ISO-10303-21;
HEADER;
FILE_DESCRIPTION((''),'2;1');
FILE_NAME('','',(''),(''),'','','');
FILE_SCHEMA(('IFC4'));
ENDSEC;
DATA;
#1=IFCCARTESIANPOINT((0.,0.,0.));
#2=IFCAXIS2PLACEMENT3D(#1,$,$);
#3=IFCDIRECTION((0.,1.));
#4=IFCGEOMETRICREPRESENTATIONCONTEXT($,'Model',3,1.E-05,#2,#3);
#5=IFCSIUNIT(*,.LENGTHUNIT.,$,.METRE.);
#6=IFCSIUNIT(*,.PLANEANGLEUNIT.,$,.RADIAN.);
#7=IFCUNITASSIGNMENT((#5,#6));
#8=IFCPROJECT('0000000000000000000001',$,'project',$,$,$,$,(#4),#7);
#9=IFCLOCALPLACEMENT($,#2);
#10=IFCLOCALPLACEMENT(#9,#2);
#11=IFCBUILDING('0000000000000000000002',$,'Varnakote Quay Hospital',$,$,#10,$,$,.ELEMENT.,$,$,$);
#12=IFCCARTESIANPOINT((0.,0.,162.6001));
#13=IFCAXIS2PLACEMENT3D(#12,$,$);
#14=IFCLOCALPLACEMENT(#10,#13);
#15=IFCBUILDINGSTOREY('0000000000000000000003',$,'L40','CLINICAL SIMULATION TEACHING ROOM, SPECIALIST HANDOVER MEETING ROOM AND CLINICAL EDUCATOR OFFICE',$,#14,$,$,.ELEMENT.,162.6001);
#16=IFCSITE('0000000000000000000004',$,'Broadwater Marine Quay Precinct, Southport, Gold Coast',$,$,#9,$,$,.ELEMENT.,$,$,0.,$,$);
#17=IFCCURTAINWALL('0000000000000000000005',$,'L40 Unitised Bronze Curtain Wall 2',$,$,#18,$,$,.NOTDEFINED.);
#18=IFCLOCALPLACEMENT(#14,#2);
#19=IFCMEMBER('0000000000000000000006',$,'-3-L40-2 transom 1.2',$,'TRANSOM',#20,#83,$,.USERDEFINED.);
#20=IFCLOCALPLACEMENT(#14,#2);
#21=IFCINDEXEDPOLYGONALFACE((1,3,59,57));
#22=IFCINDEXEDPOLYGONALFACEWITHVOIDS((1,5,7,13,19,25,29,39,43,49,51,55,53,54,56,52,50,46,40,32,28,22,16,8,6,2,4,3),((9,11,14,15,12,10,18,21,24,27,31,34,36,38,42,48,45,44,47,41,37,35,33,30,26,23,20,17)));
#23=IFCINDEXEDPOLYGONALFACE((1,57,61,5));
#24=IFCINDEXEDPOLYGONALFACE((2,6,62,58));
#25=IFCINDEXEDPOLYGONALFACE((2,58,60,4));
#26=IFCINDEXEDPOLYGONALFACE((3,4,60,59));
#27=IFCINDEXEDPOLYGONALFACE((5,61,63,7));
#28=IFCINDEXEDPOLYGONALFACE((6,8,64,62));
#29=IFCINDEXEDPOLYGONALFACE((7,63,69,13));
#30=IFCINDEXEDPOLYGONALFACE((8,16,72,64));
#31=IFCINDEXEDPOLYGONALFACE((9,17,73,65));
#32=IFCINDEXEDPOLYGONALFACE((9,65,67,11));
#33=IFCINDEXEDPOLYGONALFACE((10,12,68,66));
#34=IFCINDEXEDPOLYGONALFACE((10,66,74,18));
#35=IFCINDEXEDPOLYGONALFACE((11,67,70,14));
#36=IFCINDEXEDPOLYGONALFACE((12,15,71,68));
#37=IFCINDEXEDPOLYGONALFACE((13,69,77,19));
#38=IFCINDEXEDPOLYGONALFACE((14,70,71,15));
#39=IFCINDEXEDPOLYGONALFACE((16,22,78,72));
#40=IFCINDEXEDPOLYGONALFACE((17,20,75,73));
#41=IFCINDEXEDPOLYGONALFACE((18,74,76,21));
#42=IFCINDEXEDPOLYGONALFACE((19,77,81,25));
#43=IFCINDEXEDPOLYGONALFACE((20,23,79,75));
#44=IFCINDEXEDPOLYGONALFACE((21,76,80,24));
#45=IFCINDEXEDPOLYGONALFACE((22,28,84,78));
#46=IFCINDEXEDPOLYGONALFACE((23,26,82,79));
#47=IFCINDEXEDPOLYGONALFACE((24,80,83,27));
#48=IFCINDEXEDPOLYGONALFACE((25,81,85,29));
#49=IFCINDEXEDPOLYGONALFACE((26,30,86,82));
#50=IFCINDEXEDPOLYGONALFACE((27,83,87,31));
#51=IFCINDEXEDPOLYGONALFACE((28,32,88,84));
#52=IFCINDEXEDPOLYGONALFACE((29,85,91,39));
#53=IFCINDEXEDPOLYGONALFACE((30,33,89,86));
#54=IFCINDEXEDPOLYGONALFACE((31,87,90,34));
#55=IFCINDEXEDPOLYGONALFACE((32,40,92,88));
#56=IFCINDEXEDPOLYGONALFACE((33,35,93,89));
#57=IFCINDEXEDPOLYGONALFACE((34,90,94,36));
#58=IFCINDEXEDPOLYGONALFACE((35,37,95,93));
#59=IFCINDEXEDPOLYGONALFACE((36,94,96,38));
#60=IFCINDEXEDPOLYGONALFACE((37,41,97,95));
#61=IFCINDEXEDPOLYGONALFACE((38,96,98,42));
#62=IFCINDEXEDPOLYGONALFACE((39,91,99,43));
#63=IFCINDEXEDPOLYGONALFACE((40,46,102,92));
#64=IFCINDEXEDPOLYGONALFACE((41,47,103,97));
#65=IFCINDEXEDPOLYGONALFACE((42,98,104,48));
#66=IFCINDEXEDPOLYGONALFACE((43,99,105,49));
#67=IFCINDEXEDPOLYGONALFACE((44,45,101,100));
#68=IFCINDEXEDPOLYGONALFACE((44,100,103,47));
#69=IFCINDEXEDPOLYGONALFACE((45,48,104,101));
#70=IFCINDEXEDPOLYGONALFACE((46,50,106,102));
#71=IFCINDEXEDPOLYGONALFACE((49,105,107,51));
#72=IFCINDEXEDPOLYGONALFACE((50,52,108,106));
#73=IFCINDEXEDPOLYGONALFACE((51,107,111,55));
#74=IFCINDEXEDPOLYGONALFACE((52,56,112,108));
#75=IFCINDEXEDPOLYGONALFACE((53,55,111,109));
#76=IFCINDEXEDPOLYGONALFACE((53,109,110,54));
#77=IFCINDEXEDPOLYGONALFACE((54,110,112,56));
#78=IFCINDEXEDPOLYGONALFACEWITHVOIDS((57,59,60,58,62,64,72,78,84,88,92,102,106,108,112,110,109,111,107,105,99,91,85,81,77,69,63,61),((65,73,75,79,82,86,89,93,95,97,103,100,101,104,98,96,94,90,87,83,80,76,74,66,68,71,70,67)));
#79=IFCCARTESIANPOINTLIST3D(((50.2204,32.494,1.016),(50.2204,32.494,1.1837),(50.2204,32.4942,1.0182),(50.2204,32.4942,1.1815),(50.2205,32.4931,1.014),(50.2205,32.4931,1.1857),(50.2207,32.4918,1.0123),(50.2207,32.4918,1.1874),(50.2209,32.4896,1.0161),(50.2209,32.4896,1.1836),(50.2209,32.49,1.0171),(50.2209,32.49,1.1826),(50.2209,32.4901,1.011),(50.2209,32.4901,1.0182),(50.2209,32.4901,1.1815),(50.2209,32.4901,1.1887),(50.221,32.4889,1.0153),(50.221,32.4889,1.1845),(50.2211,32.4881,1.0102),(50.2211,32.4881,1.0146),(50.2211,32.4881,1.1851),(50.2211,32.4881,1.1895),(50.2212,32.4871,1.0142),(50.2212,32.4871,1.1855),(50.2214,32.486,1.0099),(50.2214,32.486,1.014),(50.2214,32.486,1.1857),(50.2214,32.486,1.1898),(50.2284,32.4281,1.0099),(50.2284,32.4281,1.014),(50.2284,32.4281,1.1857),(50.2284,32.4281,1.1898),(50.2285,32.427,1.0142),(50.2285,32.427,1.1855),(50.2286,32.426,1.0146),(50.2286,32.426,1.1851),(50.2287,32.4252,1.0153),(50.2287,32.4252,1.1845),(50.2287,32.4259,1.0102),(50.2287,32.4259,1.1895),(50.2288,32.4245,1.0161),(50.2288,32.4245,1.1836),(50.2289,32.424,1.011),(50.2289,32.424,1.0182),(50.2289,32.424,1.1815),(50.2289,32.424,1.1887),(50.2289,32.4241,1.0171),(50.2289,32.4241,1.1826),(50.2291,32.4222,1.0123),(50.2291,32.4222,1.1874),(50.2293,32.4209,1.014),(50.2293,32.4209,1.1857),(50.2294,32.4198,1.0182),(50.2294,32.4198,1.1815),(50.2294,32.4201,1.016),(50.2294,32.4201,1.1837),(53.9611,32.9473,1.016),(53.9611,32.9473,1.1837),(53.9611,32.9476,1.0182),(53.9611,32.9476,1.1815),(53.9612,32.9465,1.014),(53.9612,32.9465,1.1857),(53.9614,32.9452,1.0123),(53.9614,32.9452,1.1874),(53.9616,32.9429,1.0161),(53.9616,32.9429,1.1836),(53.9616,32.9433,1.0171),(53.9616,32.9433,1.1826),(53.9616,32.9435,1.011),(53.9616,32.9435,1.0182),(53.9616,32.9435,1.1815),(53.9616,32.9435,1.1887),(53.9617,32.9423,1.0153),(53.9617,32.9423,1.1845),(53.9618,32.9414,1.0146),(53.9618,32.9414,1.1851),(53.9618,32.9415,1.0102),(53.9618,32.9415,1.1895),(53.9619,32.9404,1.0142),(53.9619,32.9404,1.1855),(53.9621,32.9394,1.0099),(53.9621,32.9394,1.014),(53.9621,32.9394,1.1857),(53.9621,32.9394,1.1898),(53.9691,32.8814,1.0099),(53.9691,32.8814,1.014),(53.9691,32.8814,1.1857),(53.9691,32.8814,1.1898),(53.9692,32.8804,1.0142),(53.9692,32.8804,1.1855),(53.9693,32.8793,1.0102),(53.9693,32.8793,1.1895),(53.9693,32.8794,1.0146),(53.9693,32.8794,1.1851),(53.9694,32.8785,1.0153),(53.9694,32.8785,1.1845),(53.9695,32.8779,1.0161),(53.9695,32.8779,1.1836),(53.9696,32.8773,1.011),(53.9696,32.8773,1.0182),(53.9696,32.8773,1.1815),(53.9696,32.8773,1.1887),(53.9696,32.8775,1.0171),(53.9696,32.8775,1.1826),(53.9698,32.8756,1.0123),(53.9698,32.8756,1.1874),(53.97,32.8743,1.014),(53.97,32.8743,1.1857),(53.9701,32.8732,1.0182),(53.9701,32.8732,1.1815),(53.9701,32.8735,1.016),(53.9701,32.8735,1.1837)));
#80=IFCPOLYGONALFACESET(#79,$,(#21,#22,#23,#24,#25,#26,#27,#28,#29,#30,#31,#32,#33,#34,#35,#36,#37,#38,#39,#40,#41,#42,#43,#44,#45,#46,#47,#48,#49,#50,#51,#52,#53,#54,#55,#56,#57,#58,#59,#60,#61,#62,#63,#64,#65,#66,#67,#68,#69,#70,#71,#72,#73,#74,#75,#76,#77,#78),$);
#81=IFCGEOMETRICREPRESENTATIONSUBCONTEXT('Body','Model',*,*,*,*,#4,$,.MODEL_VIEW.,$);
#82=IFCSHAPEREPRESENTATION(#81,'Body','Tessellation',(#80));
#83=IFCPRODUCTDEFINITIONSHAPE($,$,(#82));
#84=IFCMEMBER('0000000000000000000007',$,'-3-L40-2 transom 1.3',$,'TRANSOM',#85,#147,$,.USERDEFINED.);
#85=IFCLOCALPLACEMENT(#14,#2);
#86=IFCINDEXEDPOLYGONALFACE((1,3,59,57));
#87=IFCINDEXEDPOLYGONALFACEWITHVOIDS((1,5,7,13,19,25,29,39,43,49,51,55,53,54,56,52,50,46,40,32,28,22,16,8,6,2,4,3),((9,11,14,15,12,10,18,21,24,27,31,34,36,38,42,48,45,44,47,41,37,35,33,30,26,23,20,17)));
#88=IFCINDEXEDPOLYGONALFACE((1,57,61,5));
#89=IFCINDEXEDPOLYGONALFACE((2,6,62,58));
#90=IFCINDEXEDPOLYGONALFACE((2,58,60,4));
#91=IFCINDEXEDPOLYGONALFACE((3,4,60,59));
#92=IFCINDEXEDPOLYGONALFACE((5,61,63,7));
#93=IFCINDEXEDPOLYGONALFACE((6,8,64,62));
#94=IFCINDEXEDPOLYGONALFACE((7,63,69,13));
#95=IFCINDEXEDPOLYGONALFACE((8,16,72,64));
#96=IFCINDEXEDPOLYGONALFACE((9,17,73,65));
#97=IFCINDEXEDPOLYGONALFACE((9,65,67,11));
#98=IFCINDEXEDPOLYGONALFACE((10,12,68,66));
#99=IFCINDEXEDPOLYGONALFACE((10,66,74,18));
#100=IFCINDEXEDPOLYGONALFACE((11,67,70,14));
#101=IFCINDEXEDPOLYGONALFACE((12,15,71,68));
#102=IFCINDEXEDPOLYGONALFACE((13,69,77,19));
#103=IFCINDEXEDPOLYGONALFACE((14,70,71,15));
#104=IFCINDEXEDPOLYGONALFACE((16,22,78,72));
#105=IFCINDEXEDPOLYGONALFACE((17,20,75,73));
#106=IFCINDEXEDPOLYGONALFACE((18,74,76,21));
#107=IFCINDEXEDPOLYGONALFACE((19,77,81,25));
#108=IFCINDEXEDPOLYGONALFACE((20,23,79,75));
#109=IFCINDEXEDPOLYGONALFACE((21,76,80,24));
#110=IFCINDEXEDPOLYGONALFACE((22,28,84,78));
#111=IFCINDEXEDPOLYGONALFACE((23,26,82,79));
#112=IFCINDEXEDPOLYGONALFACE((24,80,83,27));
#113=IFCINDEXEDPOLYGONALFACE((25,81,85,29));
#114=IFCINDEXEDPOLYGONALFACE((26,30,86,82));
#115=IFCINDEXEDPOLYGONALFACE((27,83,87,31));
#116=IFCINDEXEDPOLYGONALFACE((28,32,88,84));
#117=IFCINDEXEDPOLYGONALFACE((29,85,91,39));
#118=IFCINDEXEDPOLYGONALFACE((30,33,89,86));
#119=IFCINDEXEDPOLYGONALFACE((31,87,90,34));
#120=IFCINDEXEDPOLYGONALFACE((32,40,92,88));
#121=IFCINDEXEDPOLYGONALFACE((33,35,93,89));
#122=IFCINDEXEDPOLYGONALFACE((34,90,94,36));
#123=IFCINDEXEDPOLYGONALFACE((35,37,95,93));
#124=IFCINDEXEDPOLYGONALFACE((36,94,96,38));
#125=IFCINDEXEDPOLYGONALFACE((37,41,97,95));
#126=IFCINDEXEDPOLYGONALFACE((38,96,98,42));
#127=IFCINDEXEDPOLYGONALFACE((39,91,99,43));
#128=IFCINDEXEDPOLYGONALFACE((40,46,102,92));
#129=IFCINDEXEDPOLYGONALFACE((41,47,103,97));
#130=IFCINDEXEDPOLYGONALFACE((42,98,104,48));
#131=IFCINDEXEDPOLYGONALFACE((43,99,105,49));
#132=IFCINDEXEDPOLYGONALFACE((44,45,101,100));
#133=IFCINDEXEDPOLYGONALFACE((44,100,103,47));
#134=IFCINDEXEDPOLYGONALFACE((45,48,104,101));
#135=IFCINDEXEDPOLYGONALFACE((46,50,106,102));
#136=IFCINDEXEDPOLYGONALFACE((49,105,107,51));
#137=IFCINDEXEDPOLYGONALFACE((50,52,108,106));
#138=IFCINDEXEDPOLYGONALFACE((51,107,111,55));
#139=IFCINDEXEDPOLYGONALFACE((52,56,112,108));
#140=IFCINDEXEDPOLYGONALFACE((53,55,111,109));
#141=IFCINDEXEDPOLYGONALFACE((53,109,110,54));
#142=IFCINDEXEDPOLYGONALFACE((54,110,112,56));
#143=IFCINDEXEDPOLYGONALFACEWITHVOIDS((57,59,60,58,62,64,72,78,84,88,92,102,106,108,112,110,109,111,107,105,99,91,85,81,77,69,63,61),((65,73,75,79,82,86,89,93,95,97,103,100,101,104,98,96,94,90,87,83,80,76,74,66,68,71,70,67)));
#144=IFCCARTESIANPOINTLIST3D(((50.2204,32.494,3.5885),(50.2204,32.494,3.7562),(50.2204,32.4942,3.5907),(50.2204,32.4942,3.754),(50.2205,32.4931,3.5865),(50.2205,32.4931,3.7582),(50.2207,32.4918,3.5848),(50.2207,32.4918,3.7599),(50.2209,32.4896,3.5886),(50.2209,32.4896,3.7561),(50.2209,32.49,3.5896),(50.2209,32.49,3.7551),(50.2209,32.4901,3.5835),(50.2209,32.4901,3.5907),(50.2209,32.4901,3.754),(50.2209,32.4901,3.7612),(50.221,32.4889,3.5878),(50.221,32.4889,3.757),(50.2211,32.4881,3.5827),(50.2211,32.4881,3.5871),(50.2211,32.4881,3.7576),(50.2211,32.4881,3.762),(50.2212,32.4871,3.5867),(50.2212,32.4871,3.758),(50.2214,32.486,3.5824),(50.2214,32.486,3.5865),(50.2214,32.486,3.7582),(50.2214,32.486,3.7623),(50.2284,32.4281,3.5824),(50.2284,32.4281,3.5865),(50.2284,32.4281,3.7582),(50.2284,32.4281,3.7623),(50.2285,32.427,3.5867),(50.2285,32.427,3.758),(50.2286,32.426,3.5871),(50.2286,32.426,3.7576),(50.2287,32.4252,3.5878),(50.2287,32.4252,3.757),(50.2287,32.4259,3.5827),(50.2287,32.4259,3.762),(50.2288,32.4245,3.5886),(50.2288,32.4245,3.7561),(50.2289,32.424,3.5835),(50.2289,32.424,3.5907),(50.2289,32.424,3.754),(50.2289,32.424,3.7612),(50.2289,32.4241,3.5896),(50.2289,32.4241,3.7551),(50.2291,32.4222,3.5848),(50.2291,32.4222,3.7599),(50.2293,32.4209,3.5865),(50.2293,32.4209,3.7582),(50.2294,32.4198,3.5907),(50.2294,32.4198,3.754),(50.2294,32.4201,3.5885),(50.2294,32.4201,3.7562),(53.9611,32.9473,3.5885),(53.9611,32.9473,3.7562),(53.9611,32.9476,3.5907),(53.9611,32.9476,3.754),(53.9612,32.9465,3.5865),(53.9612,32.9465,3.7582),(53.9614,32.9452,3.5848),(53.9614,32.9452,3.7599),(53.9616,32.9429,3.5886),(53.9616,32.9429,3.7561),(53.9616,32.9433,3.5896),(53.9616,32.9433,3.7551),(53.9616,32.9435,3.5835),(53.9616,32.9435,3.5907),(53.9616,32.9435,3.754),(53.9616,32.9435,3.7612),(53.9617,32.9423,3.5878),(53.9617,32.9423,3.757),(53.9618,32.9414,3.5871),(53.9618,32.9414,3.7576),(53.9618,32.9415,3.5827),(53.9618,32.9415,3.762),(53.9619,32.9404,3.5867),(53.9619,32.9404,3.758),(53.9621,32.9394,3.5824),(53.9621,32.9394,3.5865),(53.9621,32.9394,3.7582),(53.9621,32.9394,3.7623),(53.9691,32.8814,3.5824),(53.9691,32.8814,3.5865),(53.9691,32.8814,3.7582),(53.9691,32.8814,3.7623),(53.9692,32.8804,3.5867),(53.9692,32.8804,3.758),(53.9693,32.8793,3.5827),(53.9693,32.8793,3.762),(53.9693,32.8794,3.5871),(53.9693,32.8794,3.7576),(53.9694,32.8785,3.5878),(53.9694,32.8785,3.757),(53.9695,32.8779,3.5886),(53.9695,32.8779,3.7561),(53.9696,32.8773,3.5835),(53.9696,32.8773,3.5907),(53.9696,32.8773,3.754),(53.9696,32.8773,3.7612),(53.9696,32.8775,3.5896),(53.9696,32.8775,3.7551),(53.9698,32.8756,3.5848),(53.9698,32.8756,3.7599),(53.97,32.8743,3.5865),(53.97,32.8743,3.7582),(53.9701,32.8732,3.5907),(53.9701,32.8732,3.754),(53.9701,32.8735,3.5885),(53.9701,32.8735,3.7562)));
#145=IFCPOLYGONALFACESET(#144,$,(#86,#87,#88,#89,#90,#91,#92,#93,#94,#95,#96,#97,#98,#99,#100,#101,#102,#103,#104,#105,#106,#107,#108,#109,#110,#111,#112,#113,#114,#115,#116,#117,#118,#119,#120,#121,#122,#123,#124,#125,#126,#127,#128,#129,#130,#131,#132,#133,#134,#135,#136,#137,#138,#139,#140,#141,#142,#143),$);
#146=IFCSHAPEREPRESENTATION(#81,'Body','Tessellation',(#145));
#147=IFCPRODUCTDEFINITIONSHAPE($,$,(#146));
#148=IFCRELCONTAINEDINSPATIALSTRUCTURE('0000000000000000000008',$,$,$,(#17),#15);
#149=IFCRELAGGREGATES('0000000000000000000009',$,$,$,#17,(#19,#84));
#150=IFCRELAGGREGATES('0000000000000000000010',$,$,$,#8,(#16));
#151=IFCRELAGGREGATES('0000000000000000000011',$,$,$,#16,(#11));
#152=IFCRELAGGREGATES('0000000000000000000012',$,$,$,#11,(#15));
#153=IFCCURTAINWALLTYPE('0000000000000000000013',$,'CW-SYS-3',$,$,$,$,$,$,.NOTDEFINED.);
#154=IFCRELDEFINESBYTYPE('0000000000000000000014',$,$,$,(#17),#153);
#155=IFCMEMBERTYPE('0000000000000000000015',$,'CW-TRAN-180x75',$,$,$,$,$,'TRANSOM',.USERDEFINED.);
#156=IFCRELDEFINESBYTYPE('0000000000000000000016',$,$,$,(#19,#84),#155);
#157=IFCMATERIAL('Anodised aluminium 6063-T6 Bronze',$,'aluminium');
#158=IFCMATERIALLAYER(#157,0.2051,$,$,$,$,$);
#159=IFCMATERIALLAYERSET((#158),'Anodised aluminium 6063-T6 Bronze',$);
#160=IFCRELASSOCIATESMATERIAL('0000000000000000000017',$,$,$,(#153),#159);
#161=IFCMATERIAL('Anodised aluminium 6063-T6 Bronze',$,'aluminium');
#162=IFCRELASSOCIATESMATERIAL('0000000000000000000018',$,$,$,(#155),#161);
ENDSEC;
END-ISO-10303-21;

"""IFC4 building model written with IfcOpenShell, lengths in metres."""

from ifc_helpers import new_model, si_unit, direction, frame, origin, origin_2d, place, context, subcontext, project, spatial, hollow_rectangle, extrude, material, layer, layer_set, material_profile, profile_set, type_object, element, aggregate, save


model = new_model("IFC4")

# Units and contexts
model_context = context("Model", 3, precision=1e-05, world=origin(), true_north=direction((0.0, 1.0)))
body_context = subcontext(model_context, "Body", "Model", "MODEL_VIEW")
ifc_project = project(units=[si_unit("LENGTHUNIT", "METRE"), si_unit("PLANEANGLEUNIT", "RADIAN")], contexts=[model_context])

# Site, building, storey
site_placement = place(None, origin())
site = spatial("IfcSite", under=ifc_project, at=site_placement, Name="Broadwater Marine Quay Precinct, Southport, Gold Coast", CompositionType="ELEMENT", RefElevation=0.0)
building_placement = place(site_placement, origin())
building = spatial("IfcBuilding", under=site, at=building_placement, Name="Varnakote Quay Hospital", CompositionType="ELEMENT")
storey_placement = place(building_placement, frame((0.0, 0.0, 162.6001)))
storey = spatial("IfcBuildingStorey", under=building, at=storey_placement, Name="L40", Description="CLINICAL SIMULATION TEACHING ROOM, SPECIALIST HANDOVER MEETING ROOM AND CLINICAL EDUCATOR OFFICE", CompositionType="ELEMENT", Elevation=162.6001)

# Shared definitions
ifc_material_1 = material(Name="Anodised aluminium 6063-T6 Bronze", Category="aluminium")
ifc_layer_1 = layer(ifc_material_1, 0.2051)
ifc_layer_set_1 = layer_set([ifc_layer_1], Name="Anodised aluminium 6063-T6 Bronze")
curtain_wall_type = type_object("IfcCurtainWallType", Name="CW-SYS-3", PredefinedType="NOTDEFINED", material=ifc_layer_set_1)

# Curtain wall, members
curtain_wall_1_placement = place(storey_placement, origin())
curtain_wall_1 = element("IfcCurtainWall", 1, at=curtain_wall_1_placement, inside=storey, type_object=curtain_wall_type, Name="L40 Unitised Bronze Curtain Wall 2", PredefinedType="NOTDEFINED")
ifc_material_2 = material(Name="Anodised aluminium 6063-T6 Bronze", Category="aluminium")
ifc_material_profile_1 = material_profile(ifc_material_2, hollow_rectangle(XDim=0.075, YDim=0.1799, WallThickness=0.0042, InnerFilletRadius=0.0042, OuterFilletRadius=0.0083, at=origin_2d()), Name="CW-TRAN-180x75")
ifc_profile_set_1 = profile_set([ifc_material_profile_1], Name="Anodised aluminium 6063-T6 Bronze")
member_type_1 = type_object("IfcMemberType", Name="CW-TRAN-180x75", ElementType="TRANSOM", PredefinedType="USERDEFINED", material=ifc_profile_set_1)
member_1_placement = place(storey_placement, frame((53.9656, 32.9104, 1.0999), z_axis=(-0.992735, -0.120318, 0.0), x_axis=(0.120318, -0.992735, 0.0)))
member_1 = element("IfcMember", 2, at=member_1_placement, type_object=member_type_1, Name="-3-L40-2 transom 1.2", ObjectType="TRANSOM", PredefinedType="USERDEFINED", context=body_context, shape_type="SweptSolid", body=[
    extrude(hollow_rectangle(XDim=0.075, YDim=0.1799, WallThickness=0.0042, InnerFilletRadius=0.0042, OuterFilletRadius=0.0083, at=origin_2d()), origin(), (0.0, 0.0, 1.0), 3.7681),
])
member_2_placement = place(storey_placement, frame((53.9656, 32.9104, 3.6724), z_axis=(-0.992735, -0.120318, 0.0), x_axis=(0.120318, -0.992735, 0.0)))
member_2 = element("IfcMember", 3, at=member_2_placement, type_object=member_type_1, Name="-3-L40-2 transom 1.3", ObjectType="TRANSOM", PredefinedType="USERDEFINED", context=body_context, shape_type="SweptSolid", body=[
    extrude(hollow_rectangle(XDim=0.075, YDim=0.1799, WallThickness=0.0042, InnerFilletRadius=0.0042, OuterFilletRadius=0.0083, at=origin_2d()), origin(), (0.0, 0.0, 1.0), 3.7681),
])

aggregate(curtain_wall_1, [member_1, member_2])

save(model, "model.ifc")
